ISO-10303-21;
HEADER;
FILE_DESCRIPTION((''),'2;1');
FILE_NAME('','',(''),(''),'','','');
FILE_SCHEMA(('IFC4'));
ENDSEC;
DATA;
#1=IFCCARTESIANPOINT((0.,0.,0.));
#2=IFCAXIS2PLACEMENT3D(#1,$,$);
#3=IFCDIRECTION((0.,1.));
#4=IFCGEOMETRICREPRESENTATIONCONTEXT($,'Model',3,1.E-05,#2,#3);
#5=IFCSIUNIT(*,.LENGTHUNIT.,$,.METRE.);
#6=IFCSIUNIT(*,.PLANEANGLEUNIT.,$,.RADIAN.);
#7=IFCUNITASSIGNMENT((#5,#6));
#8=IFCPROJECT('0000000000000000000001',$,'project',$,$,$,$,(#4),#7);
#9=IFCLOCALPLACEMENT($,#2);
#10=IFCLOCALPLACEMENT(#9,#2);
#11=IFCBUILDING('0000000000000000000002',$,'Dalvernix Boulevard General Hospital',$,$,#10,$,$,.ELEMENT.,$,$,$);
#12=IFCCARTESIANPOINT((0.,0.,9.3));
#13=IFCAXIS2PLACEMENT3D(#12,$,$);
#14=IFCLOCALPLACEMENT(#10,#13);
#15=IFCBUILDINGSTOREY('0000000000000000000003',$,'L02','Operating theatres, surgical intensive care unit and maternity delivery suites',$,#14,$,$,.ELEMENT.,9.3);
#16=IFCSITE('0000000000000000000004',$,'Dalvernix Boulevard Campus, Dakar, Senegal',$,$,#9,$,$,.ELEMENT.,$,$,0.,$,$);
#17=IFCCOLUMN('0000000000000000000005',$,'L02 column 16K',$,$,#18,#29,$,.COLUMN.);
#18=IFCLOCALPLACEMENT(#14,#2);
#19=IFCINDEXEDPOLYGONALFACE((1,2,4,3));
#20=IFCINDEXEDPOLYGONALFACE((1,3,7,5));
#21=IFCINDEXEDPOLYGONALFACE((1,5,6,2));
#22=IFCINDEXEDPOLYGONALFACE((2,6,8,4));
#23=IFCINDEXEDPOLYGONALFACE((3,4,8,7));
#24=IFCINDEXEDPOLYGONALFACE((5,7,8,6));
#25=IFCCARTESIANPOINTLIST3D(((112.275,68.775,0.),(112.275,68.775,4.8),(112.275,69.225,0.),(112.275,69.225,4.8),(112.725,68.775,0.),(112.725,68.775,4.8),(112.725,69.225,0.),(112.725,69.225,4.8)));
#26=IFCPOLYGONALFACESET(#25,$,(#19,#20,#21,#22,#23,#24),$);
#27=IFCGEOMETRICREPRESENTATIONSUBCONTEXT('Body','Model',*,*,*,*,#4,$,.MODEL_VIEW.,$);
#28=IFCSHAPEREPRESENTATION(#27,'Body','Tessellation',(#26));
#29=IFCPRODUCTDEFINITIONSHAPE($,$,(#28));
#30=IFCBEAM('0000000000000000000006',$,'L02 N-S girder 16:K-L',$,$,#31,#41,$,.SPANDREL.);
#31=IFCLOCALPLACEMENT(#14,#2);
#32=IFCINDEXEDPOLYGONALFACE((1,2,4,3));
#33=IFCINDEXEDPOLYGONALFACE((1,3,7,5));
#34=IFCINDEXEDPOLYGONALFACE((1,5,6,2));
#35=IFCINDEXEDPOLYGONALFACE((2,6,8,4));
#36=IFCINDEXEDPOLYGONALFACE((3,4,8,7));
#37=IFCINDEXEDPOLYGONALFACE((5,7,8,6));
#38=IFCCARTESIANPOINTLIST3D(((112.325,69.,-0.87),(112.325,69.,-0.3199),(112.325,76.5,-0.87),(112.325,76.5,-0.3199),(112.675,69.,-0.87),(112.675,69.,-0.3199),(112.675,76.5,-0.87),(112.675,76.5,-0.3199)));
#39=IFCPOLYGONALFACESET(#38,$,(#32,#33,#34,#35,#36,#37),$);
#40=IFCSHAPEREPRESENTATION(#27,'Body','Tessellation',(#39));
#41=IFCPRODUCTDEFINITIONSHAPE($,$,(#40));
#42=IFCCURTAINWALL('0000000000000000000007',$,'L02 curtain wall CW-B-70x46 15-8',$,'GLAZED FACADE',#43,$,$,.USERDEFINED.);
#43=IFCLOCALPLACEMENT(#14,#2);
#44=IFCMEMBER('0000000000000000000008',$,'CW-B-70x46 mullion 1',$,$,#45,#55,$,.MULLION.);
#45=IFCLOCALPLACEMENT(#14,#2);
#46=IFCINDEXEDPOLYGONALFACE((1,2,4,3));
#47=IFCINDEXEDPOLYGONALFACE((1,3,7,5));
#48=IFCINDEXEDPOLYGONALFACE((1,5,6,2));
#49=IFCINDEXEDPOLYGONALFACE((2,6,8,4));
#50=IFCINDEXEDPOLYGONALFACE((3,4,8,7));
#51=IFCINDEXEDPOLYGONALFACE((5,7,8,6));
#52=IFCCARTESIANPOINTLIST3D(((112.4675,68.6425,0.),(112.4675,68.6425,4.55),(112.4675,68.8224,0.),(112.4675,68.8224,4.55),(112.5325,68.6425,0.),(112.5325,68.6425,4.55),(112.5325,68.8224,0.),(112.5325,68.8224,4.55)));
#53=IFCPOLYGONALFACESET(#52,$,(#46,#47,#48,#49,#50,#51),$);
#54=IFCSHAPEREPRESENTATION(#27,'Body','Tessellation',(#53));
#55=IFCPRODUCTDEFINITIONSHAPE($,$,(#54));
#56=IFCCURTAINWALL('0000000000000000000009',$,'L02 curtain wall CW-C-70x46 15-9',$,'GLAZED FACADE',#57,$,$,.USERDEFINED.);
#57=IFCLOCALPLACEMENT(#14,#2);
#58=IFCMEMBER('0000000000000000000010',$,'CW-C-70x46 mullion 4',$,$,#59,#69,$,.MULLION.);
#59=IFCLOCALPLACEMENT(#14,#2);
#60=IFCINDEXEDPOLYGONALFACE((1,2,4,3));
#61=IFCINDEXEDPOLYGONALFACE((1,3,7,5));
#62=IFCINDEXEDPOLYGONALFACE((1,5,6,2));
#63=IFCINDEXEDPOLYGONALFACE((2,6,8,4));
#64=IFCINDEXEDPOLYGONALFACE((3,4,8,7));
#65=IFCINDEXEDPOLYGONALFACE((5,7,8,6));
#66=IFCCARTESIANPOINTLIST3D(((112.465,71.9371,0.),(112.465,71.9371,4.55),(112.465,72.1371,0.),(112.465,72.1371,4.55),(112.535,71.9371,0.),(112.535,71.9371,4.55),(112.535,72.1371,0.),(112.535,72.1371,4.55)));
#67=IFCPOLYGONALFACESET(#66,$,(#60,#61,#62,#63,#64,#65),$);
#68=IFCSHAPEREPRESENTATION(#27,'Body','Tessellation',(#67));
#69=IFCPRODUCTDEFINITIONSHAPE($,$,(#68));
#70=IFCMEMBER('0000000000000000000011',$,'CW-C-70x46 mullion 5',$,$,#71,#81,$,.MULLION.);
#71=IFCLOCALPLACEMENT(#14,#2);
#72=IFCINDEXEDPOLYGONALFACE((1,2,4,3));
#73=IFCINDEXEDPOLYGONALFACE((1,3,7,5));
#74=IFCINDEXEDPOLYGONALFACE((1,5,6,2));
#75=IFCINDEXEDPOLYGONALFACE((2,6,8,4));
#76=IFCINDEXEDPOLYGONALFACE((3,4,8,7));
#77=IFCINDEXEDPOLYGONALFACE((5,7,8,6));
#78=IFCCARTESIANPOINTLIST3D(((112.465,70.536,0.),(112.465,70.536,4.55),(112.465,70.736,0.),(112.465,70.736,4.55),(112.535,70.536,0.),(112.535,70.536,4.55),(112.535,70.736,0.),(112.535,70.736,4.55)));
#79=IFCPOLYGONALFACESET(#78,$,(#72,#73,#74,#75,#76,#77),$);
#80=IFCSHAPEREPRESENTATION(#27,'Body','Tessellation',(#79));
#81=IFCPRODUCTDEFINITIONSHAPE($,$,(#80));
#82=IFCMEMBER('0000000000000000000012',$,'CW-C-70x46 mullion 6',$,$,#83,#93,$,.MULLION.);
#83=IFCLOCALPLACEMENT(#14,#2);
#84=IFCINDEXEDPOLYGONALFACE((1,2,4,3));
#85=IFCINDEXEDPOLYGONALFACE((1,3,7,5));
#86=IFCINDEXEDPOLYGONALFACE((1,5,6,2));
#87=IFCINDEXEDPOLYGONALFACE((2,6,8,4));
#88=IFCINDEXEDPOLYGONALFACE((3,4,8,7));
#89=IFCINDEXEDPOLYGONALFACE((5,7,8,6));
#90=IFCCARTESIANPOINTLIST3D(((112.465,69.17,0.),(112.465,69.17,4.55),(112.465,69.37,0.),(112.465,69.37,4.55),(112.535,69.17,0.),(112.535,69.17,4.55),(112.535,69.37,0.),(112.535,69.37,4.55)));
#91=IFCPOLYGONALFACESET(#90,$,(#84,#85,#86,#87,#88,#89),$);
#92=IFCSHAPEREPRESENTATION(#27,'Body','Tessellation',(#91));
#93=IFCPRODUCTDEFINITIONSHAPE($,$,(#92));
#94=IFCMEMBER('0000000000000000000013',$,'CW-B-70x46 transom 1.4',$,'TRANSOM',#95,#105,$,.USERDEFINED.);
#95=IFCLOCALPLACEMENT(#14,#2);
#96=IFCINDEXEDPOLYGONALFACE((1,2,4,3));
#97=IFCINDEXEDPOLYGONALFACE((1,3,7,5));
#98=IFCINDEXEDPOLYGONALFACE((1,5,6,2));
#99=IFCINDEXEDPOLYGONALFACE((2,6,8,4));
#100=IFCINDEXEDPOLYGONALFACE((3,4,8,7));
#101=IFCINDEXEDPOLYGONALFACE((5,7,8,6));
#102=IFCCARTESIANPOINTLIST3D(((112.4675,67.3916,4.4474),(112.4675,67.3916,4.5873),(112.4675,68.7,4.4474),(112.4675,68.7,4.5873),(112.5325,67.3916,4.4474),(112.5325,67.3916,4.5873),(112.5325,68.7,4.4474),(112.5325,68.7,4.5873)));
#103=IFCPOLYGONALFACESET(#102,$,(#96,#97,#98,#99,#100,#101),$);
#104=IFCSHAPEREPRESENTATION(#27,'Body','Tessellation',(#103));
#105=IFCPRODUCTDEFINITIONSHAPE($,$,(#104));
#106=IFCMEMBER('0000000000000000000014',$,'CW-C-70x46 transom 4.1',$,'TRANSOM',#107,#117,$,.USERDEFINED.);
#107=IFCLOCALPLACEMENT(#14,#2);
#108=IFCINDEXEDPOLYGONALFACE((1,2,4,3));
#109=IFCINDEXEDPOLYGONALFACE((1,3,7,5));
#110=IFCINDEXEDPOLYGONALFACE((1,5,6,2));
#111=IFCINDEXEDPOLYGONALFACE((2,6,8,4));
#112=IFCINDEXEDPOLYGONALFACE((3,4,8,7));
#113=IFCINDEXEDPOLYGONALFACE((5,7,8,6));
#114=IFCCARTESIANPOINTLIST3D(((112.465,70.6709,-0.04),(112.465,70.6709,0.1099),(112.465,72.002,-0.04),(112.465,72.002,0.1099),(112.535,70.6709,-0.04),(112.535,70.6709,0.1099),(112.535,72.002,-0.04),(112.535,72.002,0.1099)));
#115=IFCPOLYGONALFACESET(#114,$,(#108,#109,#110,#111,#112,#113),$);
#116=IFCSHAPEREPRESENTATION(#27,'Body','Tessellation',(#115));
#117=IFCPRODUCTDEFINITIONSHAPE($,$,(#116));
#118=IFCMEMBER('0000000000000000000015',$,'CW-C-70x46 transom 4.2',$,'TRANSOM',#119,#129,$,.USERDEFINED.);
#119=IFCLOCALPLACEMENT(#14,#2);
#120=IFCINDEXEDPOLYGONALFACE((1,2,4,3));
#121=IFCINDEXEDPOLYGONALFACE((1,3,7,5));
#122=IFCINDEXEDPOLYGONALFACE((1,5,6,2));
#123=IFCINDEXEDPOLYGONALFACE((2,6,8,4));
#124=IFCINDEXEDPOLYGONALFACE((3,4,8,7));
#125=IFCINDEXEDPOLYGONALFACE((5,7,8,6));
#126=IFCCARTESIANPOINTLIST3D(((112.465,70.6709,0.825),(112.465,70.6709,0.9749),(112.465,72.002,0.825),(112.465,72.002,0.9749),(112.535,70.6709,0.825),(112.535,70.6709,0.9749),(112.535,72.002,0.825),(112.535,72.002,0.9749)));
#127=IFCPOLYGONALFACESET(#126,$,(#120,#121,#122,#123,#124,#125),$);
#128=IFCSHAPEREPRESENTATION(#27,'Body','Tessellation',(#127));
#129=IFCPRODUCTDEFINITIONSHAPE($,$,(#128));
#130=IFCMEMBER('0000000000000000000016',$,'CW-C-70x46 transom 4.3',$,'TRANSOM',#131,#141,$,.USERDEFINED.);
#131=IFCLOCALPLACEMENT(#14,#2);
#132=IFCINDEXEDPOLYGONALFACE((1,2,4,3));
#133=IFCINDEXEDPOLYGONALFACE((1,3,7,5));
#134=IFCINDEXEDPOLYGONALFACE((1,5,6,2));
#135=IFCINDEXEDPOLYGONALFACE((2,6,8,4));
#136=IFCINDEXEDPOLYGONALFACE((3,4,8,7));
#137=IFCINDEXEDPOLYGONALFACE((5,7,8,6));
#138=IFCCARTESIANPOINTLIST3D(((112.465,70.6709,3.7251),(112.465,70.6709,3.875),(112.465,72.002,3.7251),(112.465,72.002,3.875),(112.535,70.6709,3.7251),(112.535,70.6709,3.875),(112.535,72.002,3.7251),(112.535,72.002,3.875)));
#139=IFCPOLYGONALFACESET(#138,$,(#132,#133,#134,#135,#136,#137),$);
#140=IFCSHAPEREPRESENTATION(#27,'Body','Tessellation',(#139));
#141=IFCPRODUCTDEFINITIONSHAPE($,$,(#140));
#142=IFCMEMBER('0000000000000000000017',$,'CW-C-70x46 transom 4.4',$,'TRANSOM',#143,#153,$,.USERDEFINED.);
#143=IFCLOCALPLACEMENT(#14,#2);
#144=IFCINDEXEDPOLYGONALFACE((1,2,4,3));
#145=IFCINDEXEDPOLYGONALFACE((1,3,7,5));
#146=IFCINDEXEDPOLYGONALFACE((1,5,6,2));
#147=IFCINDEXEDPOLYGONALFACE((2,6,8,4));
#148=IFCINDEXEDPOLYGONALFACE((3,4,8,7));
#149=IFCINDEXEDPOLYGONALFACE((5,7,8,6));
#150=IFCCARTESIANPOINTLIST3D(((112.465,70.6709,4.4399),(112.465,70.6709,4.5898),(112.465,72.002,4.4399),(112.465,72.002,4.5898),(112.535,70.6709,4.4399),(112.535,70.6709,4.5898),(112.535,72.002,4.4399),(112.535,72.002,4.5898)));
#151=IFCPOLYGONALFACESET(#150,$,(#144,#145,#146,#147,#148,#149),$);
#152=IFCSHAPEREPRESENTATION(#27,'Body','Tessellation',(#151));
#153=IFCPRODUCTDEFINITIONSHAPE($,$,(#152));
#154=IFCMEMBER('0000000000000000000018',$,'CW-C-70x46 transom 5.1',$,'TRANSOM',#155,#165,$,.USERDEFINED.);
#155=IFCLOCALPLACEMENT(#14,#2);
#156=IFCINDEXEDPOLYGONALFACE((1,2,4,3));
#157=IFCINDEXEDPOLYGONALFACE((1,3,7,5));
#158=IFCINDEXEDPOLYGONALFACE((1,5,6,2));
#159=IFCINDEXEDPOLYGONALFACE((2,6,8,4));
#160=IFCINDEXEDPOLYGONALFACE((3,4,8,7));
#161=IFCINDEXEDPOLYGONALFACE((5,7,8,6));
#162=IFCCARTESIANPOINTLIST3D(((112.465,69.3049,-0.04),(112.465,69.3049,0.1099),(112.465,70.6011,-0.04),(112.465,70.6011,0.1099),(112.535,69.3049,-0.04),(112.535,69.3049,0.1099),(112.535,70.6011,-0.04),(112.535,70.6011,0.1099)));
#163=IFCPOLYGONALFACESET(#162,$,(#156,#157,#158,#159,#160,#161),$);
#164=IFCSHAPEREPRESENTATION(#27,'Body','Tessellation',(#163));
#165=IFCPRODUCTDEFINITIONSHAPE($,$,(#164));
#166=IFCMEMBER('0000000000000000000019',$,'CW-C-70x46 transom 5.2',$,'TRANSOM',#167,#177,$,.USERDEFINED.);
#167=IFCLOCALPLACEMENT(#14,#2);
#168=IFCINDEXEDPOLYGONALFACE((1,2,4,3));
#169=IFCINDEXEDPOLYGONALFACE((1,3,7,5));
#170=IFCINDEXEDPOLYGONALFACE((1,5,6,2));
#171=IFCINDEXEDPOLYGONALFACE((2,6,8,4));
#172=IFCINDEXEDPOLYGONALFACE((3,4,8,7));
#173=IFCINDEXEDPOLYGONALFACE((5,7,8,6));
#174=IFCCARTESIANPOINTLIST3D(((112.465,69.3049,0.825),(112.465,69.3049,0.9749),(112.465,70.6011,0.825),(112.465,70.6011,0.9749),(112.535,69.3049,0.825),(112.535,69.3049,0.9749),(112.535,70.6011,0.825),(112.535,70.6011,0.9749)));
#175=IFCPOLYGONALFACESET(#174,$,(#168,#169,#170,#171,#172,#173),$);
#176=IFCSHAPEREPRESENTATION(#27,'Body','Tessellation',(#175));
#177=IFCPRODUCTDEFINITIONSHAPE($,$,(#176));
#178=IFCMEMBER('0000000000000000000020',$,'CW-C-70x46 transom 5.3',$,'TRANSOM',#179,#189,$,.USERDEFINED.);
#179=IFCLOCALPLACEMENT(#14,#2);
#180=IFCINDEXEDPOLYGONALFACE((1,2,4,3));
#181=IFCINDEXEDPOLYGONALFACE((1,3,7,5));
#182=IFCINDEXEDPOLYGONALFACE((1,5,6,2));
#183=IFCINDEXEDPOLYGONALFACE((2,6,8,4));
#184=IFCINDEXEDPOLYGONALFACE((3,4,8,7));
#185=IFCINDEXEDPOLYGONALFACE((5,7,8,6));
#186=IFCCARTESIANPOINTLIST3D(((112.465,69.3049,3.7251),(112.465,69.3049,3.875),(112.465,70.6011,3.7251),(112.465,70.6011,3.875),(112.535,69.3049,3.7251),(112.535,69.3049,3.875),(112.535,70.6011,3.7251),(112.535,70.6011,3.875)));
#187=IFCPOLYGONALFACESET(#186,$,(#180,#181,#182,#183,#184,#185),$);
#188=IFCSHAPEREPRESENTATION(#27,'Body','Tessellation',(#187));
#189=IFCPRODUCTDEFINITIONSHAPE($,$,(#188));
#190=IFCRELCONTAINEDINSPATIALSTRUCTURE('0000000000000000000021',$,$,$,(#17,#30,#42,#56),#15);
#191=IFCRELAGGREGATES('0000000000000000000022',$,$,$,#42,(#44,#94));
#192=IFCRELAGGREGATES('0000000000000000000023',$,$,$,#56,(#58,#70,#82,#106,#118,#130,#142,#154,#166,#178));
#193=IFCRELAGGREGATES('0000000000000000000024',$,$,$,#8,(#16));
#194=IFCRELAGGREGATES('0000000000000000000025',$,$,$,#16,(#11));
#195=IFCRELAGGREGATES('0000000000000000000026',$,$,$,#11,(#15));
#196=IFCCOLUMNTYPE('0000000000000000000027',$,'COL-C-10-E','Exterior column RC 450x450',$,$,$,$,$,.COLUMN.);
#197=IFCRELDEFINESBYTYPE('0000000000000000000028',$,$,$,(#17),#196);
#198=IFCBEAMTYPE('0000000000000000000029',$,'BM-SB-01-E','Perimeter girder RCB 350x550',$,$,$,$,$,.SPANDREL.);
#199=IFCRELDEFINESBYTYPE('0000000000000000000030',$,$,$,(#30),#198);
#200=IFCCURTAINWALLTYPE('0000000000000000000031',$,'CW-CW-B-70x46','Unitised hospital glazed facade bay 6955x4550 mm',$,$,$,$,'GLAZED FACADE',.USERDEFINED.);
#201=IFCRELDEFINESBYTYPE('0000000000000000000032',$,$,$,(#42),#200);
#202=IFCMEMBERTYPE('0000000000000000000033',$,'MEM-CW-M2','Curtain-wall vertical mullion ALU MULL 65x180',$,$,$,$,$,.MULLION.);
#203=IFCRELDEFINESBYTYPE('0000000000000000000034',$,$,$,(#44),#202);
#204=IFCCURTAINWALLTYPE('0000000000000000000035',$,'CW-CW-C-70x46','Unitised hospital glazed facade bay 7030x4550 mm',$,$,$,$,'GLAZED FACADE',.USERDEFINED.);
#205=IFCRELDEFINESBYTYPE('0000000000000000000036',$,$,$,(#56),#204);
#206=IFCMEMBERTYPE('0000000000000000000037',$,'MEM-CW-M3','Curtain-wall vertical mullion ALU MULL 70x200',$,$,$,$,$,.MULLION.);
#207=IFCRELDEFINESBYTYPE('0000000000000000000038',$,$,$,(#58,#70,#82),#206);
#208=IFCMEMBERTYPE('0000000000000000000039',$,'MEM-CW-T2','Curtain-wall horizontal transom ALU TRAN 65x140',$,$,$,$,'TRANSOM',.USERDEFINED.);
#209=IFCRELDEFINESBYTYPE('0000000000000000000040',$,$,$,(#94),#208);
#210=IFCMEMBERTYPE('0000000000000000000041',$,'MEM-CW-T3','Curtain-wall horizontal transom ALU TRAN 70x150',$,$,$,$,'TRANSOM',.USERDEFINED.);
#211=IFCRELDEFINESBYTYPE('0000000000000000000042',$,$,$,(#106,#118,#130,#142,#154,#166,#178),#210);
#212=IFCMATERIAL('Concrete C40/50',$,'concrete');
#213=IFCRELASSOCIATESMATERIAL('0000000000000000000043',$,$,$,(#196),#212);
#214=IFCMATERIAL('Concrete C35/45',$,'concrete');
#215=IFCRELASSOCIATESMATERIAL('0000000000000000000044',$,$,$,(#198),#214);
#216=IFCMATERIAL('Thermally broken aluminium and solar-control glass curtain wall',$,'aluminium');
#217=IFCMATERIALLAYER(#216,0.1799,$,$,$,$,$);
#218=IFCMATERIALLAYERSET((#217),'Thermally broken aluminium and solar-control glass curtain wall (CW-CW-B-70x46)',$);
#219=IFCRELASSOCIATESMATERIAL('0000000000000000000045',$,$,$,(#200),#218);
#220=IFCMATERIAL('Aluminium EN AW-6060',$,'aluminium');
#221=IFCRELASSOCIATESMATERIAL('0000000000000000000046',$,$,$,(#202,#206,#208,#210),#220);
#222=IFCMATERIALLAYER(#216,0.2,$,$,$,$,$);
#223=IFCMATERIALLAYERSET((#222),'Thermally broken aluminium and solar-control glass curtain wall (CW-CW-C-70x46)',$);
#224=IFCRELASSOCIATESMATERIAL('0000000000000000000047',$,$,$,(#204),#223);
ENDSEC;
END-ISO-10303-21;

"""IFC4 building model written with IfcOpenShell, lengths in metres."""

from ifc_helpers import new_model, si_unit, direction, frame, origin, origin_2d, place, context, subcontext, project, spatial, rectangle, extrude, material, layer, layer_set, material_profile, profile_set, type_object, element, aggregate, save


model = new_model("IFC4")

# Units and contexts
model_context = context("Model", 3, precision=1e-05, world=origin(), true_north=direction((0.0, 1.0)))
body_context = subcontext(model_context, "Body", "Model", "MODEL_VIEW")
ifc_project = project(units=[si_unit("LENGTHUNIT", "METRE"), si_unit("PLANEANGLEUNIT", "RADIAN")], contexts=[model_context])

# Site, building, storey
site_placement = place(None, origin())
site = spatial("IfcSite", under=ifc_project, at=site_placement, Name="Dalvernix Boulevard Campus, Dakar, Senegal", CompositionType="ELEMENT", RefElevation=0.0)
building_placement = place(site_placement, origin())
building = spatial("IfcBuilding", under=site, at=building_placement, Name="Dalvernix Boulevard General Hospital", CompositionType="ELEMENT")
storey_placement = place(building_placement, frame((0.0, 0.0, 9.3)))
storey = spatial("IfcBuildingStorey", under=building, at=storey_placement, Name="L02", Description="Operating theatres, surgical intensive care unit and maternity delivery suites", CompositionType="ELEMENT", Elevation=9.3)

# Column
ifc_material_1 = material(Name="Concrete C40/50", Category="concrete")
ifc_material_profile_1 = material_profile(ifc_material_1, rectangle(XDim=0.45, YDim=0.45, at=origin_2d()), Name="RC 450x450")
ifc_profile_set_1 = profile_set([ifc_material_profile_1], Name="Concrete C40/50")
column_type = type_object("IfcColumnType", Name="COL-C-10-E", Description="Exterior column RC 450x450", PredefinedType="COLUMN", material=ifc_profile_set_1)
column_placement = place(storey_placement, frame((112.5, 69.0, 0.0), z_axis=(0.0, 0.0, 1.0), x_axis=(1.0, 0.0, 0.0)))
element("IfcColumn", 1, at=column_placement, inside=storey, type_object=column_type, Name="L02 column 16K", PredefinedType="COLUMN", context=body_context, shape_type="SweptSolid", body=[
    extrude(rectangle(XDim=0.45, YDim=0.45, at=origin_2d()), origin(), (0.0, 0.0, 1.0), 4.8),
])

# Beam
ifc_material_2 = material(Name="Concrete C35/45", Category="concrete")
ifc_material_profile_2 = material_profile(ifc_material_2, rectangle(XDim=0.3501, YDim=0.55, at=origin_2d()), Name="RCB 350x550")
ifc_profile_set_2 = profile_set([ifc_material_profile_2], Name="Concrete C35/45")
beam_type = type_object("IfcBeamType", Name="BM-SB-01-E", Description="Perimeter girder RCB 350x550", PredefinedType="SPANDREL", material=ifc_profile_set_2)
beam_placement = place(storey_placement, frame((112.5, 69.0, -0.595), z_axis=(0.0, 1.0, 0.0), x_axis=(-1.0, 0.0, 0.0)))
element("IfcBeam", 2, at=beam_placement, inside=storey, type_object=beam_type, Name="L02 N-S girder 16:K-L", PredefinedType="SPANDREL", context=body_context, shape_type="SweptSolid", body=[
    extrude(rectangle(XDim=0.3501, YDim=0.55, at=origin_2d()), origin(), (0.0, 0.0, 1.0), 7.5),
])

# Curtain wall, member
ifc_material_3 = material(Name="Thermally broken aluminium and solar-control glass curtain wall", Category="aluminium")
ifc_layer_1 = layer(ifc_material_3, 0.1799)
ifc_layer_set_1 = layer_set([ifc_layer_1], Name="Thermally broken aluminium and solar-control glass curtain wall (CW-CW-B-70x46)")
curtain_wall_type_1 = type_object("IfcCurtainWallType", Name="CW-CW-B-70x46", Description="Unitised hospital glazed facade bay 6955x4550 mm", ElementType="GLAZED FACADE", PredefinedType="USERDEFINED", material=ifc_layer_set_1)
curtain_wall_1_placement = place(storey_placement, origin())
curtain_wall_1 = element("IfcCurtainWall", 3, at=curtain_wall_1_placement, inside=storey, type_object=curtain_wall_type_1, Name="L02 curtain wall CW-B-70x46 15-8", ObjectType="GLAZED FACADE", PredefinedType="USERDEFINED")
ifc_material_4 = material(Name="Aluminium EN AW-6060", Category="aluminium")
ifc_material_profile_3 = material_profile(ifc_material_4, rectangle(XDim=0.0649, YDim=0.1799, at=origin_2d()), Name="ALU MULL 65x180")
ifc_profile_set_3 = profile_set([ifc_material_profile_3], Name="Aluminium EN AW-6060")
member_type_1 = type_object("IfcMemberType", Name="MEM-CW-M2", Description="Curtain-wall vertical mullion ALU MULL 65x180", PredefinedType="MULLION", material=ifc_profile_set_3)
member_1_placement = place(storey_placement, frame((112.5, 68.7324, 0.0), z_axis=(0.0, 0.0, 1.0), x_axis=(1.0, 0.0, 0.0)))
member_1 = element("IfcMember", 4, at=member_1_placement, type_object=member_type_1, Name="CW-B-70x46 mullion 1", PredefinedType="MULLION", context=body_context, shape_type="SweptSolid", body=[
    extrude(rectangle(XDim=0.0649, YDim=0.1799, at=origin_2d()), origin(), (0.0, 0.0, 1.0), 4.55),
])

# Curtain wall, members
ifc_layer_2 = layer(ifc_material_3, 0.2)
ifc_layer_set_2 = layer_set([ifc_layer_2], Name="Thermally broken aluminium and solar-control glass curtain wall (CW-CW-C-70x46)")
curtain_wall_type_2 = type_object("IfcCurtainWallType", Name="CW-CW-C-70x46", Description="Unitised hospital glazed facade bay 7030x4550 mm", ElementType="GLAZED FACADE", PredefinedType="USERDEFINED", material=ifc_layer_set_2)
curtain_wall_2_placement = place(storey_placement, origin())
curtain_wall_2 = element("IfcCurtainWall", 5, at=curtain_wall_2_placement, inside=storey, type_object=curtain_wall_type_2, Name="L02 curtain wall CW-C-70x46 15-9", ObjectType="GLAZED FACADE", PredefinedType="USERDEFINED")
ifc_material_profile_4 = material_profile(ifc_material_4, rectangle(XDim=0.0701, YDim=0.2, at=origin_2d()), Name="ALU MULL 70x200")
ifc_profile_set_4 = profile_set([ifc_material_profile_4], Name="Aluminium EN AW-6060")
member_type_2 = type_object("IfcMemberType", Name="MEM-CW-M3", Description="Curtain-wall vertical mullion ALU MULL 70x200", PredefinedType="MULLION", material=ifc_profile_set_4)
member_2_placement = place(storey_placement, frame((112.5, 72.0371, 0.0), z_axis=(0.0, 0.0, 1.0), x_axis=(1.0, 0.0, 0.0)))
member_2 = element("IfcMember", 6, at=member_2_placement, type_object=member_type_2, Name="CW-C-70x46 mullion 4", PredefinedType="MULLION", context=body_context, shape_type="SweptSolid", body=[
    extrude(rectangle(XDim=0.0701, YDim=0.2, at=origin_2d()), origin(), (0.0, 0.0, 1.0), 4.55),
])
member_3_placement = place(storey_placement, frame((112.5, 70.636, 0.0), z_axis=(0.0, 0.0, 1.0), x_axis=(1.0, 0.0, 0.0)))
member_3 = element("IfcMember", 7, at=member_3_placement, type_object=member_type_2, Name="CW-C-70x46 mullion 5", PredefinedType="MULLION", context=body_context, shape_type="SweptSolid", body=[
    extrude(rectangle(XDim=0.0701, YDim=0.2, at=origin_2d()), origin(), (0.0, 0.0, 1.0), 4.55),
])
member_4_placement = place(storey_placement, frame((112.5, 69.27, 0.0), z_axis=(0.0, 0.0, 1.0), x_axis=(1.0, 0.0, 0.0)))
member_4 = element("IfcMember", 8, at=member_4_placement, type_object=member_type_2, Name="CW-C-70x46 mullion 6", PredefinedType="MULLION", context=body_context, shape_type="SweptSolid", body=[
    extrude(rectangle(XDim=0.0701, YDim=0.2, at=origin_2d()), origin(), (0.0, 0.0, 1.0), 4.55),
])

# Members
ifc_material_profile_5 = material_profile(ifc_material_4, rectangle(XDim=0.0649, YDim=0.1399, at=origin_2d()), Name="ALU TRAN 65x140")
ifc_profile_set_5 = profile_set([ifc_material_profile_5], Name="Aluminium EN AW-6060")
member_type_3 = type_object("IfcMemberType", Name="MEM-CW-T2", Description="Curtain-wall horizontal transom ALU TRAN 65x140", ElementType="TRANSOM", PredefinedType="USERDEFINED", material=ifc_profile_set_5)
member_5_placement = place(storey_placement, frame((112.5, 68.7, 4.5173), z_axis=(0.0, -1.0, 0.0), x_axis=(1.0, 0.0, 0.0)))
member_5 = element("IfcMember", 9, at=member_5_placement, type_object=member_type_3, Name="CW-B-70x46 transom 1.4", ObjectType="TRANSOM", PredefinedType="USERDEFINED", context=body_context, shape_type="SweptSolid", body=[
    extrude(rectangle(XDim=0.0649, YDim=0.1399, at=origin_2d()), origin(), (0.0, 0.0, 1.0), 1.3083),
])
aggregate(curtain_wall_1, [member_1, member_5])
ifc_material_profile_6 = material_profile(ifc_material_4, rectangle(XDim=0.0701, YDim=0.1499, at=origin_2d()), Name="ALU TRAN 70x150")
ifc_profile_set_6 = profile_set([ifc_material_profile_6], Name="Aluminium EN AW-6060")
member_type_4 = type_object("IfcMemberType", Name="MEM-CW-T3", Description="Curtain-wall horizontal transom ALU TRAN 70x150", ElementType="TRANSOM", PredefinedType="USERDEFINED", material=ifc_profile_set_6)
member_6_placement = place(storey_placement, frame((112.5, 72.002, 0.0349), z_axis=(0.0, -1.0, 0.0), x_axis=(1.0, 0.0, 0.0)))
member_6 = element("IfcMember", 10, at=member_6_placement, type_object=member_type_4, Name="CW-C-70x46 transom 4.1", ObjectType="TRANSOM", PredefinedType="USERDEFINED", context=body_context, shape_type="SweptSolid", body=[
    extrude(rectangle(XDim=0.0701, YDim=0.1499, at=origin_2d()), origin(), (0.0, 0.0, 1.0), 1.3311),
])
member_7_placement = place(storey_placement, frame((112.5, 72.002, 0.8999), z_axis=(0.0, -1.0, 0.0), x_axis=(1.0, 0.0, 0.0)))
member_7 = element("IfcMember", 11, at=member_7_placement, type_object=member_type_4, Name="CW-C-70x46 transom 4.2", ObjectType="TRANSOM", PredefinedType="USERDEFINED", context=body_context, shape_type="SweptSolid", body=[
    extrude(rectangle(XDim=0.0701, YDim=0.1499, at=origin_2d()), origin(), (0.0, 0.0, 1.0), 1.3311),
])
member_8_placement = place(storey_placement, frame((112.5, 72.002, 3.8), z_axis=(0.0, -1.0, 0.0), x_axis=(1.0, 0.0, 0.0)))
member_8 = element("IfcMember", 12, at=member_8_placement, type_object=member_type_4, Name="CW-C-70x46 transom 4.3", ObjectType="TRANSOM", PredefinedType="USERDEFINED", context=body_context, shape_type="SweptSolid", body=[
    extrude(rectangle(XDim=0.0701, YDim=0.1499, at=origin_2d()), origin(), (0.0, 0.0, 1.0), 1.3311),
])
member_9_placement = place(storey_placement, frame((112.5, 72.002, 4.5149), z_axis=(0.0, -1.0, 0.0), x_axis=(1.0, 0.0, 0.0)))
member_9 = element("IfcMember", 13, at=member_9_placement, type_object=member_type_4, Name="CW-C-70x46 transom 4.4", ObjectType="TRANSOM", PredefinedType="USERDEFINED", context=body_context, shape_type="SweptSolid", body=[
    extrude(rectangle(XDim=0.0701, YDim=0.1499, at=origin_2d()), origin(), (0.0, 0.0, 1.0), 1.3311),
])
member_10_placement = place(storey_placement, frame((112.5, 70.6011, 0.0349), z_axis=(0.0, -1.0, 0.0), x_axis=(1.0, 0.0, 0.0)))
member_10 = element("IfcMember", 14, at=member_10_placement, type_object=member_type_4, Name="CW-C-70x46 transom 5.1", ObjectType="TRANSOM", PredefinedType="USERDEFINED", context=body_context, shape_type="SweptSolid", body=[
    extrude(rectangle(XDim=0.0701, YDim=0.1499, at=origin_2d()), origin(), (0.0, 0.0, 1.0), 1.2961),
])
member_11_placement = place(storey_placement, frame((112.5, 70.6011, 0.8999), z_axis=(0.0, -1.0, 0.0), x_axis=(1.0, 0.0, 0.0)))
member_11 = element("IfcMember", 15, at=member_11_placement, type_object=member_type_4, Name="CW-C-70x46 transom 5.2", ObjectType="TRANSOM", PredefinedType="USERDEFINED", context=body_context, shape_type="SweptSolid", body=[
    extrude(rectangle(XDim=0.0701, YDim=0.1499, at=origin_2d()), origin(), (0.0, 0.0, 1.0), 1.2961),
])
member_12_placement = place(storey_placement, frame((112.5, 70.6011, 3.8), z_axis=(0.0, -1.0, 0.0), x_axis=(1.0, 0.0, 0.0)))
member_12 = element("IfcMember", 16, at=member_12_placement, type_object=member_type_4, Name="CW-C-70x46 transom 5.3", ObjectType="TRANSOM", PredefinedType="USERDEFINED", context=body_context, shape_type="SweptSolid", body=[
    extrude(rectangle(XDim=0.0701, YDim=0.1499, at=origin_2d()), origin(), (0.0, 0.0, 1.0), 1.2961),
])

aggregate(curtain_wall_2, [member_2, member_3, member_4, member_6, member_7, member_8, member_9, member_10, member_11, member_12])

save(model, "model.ifc")
